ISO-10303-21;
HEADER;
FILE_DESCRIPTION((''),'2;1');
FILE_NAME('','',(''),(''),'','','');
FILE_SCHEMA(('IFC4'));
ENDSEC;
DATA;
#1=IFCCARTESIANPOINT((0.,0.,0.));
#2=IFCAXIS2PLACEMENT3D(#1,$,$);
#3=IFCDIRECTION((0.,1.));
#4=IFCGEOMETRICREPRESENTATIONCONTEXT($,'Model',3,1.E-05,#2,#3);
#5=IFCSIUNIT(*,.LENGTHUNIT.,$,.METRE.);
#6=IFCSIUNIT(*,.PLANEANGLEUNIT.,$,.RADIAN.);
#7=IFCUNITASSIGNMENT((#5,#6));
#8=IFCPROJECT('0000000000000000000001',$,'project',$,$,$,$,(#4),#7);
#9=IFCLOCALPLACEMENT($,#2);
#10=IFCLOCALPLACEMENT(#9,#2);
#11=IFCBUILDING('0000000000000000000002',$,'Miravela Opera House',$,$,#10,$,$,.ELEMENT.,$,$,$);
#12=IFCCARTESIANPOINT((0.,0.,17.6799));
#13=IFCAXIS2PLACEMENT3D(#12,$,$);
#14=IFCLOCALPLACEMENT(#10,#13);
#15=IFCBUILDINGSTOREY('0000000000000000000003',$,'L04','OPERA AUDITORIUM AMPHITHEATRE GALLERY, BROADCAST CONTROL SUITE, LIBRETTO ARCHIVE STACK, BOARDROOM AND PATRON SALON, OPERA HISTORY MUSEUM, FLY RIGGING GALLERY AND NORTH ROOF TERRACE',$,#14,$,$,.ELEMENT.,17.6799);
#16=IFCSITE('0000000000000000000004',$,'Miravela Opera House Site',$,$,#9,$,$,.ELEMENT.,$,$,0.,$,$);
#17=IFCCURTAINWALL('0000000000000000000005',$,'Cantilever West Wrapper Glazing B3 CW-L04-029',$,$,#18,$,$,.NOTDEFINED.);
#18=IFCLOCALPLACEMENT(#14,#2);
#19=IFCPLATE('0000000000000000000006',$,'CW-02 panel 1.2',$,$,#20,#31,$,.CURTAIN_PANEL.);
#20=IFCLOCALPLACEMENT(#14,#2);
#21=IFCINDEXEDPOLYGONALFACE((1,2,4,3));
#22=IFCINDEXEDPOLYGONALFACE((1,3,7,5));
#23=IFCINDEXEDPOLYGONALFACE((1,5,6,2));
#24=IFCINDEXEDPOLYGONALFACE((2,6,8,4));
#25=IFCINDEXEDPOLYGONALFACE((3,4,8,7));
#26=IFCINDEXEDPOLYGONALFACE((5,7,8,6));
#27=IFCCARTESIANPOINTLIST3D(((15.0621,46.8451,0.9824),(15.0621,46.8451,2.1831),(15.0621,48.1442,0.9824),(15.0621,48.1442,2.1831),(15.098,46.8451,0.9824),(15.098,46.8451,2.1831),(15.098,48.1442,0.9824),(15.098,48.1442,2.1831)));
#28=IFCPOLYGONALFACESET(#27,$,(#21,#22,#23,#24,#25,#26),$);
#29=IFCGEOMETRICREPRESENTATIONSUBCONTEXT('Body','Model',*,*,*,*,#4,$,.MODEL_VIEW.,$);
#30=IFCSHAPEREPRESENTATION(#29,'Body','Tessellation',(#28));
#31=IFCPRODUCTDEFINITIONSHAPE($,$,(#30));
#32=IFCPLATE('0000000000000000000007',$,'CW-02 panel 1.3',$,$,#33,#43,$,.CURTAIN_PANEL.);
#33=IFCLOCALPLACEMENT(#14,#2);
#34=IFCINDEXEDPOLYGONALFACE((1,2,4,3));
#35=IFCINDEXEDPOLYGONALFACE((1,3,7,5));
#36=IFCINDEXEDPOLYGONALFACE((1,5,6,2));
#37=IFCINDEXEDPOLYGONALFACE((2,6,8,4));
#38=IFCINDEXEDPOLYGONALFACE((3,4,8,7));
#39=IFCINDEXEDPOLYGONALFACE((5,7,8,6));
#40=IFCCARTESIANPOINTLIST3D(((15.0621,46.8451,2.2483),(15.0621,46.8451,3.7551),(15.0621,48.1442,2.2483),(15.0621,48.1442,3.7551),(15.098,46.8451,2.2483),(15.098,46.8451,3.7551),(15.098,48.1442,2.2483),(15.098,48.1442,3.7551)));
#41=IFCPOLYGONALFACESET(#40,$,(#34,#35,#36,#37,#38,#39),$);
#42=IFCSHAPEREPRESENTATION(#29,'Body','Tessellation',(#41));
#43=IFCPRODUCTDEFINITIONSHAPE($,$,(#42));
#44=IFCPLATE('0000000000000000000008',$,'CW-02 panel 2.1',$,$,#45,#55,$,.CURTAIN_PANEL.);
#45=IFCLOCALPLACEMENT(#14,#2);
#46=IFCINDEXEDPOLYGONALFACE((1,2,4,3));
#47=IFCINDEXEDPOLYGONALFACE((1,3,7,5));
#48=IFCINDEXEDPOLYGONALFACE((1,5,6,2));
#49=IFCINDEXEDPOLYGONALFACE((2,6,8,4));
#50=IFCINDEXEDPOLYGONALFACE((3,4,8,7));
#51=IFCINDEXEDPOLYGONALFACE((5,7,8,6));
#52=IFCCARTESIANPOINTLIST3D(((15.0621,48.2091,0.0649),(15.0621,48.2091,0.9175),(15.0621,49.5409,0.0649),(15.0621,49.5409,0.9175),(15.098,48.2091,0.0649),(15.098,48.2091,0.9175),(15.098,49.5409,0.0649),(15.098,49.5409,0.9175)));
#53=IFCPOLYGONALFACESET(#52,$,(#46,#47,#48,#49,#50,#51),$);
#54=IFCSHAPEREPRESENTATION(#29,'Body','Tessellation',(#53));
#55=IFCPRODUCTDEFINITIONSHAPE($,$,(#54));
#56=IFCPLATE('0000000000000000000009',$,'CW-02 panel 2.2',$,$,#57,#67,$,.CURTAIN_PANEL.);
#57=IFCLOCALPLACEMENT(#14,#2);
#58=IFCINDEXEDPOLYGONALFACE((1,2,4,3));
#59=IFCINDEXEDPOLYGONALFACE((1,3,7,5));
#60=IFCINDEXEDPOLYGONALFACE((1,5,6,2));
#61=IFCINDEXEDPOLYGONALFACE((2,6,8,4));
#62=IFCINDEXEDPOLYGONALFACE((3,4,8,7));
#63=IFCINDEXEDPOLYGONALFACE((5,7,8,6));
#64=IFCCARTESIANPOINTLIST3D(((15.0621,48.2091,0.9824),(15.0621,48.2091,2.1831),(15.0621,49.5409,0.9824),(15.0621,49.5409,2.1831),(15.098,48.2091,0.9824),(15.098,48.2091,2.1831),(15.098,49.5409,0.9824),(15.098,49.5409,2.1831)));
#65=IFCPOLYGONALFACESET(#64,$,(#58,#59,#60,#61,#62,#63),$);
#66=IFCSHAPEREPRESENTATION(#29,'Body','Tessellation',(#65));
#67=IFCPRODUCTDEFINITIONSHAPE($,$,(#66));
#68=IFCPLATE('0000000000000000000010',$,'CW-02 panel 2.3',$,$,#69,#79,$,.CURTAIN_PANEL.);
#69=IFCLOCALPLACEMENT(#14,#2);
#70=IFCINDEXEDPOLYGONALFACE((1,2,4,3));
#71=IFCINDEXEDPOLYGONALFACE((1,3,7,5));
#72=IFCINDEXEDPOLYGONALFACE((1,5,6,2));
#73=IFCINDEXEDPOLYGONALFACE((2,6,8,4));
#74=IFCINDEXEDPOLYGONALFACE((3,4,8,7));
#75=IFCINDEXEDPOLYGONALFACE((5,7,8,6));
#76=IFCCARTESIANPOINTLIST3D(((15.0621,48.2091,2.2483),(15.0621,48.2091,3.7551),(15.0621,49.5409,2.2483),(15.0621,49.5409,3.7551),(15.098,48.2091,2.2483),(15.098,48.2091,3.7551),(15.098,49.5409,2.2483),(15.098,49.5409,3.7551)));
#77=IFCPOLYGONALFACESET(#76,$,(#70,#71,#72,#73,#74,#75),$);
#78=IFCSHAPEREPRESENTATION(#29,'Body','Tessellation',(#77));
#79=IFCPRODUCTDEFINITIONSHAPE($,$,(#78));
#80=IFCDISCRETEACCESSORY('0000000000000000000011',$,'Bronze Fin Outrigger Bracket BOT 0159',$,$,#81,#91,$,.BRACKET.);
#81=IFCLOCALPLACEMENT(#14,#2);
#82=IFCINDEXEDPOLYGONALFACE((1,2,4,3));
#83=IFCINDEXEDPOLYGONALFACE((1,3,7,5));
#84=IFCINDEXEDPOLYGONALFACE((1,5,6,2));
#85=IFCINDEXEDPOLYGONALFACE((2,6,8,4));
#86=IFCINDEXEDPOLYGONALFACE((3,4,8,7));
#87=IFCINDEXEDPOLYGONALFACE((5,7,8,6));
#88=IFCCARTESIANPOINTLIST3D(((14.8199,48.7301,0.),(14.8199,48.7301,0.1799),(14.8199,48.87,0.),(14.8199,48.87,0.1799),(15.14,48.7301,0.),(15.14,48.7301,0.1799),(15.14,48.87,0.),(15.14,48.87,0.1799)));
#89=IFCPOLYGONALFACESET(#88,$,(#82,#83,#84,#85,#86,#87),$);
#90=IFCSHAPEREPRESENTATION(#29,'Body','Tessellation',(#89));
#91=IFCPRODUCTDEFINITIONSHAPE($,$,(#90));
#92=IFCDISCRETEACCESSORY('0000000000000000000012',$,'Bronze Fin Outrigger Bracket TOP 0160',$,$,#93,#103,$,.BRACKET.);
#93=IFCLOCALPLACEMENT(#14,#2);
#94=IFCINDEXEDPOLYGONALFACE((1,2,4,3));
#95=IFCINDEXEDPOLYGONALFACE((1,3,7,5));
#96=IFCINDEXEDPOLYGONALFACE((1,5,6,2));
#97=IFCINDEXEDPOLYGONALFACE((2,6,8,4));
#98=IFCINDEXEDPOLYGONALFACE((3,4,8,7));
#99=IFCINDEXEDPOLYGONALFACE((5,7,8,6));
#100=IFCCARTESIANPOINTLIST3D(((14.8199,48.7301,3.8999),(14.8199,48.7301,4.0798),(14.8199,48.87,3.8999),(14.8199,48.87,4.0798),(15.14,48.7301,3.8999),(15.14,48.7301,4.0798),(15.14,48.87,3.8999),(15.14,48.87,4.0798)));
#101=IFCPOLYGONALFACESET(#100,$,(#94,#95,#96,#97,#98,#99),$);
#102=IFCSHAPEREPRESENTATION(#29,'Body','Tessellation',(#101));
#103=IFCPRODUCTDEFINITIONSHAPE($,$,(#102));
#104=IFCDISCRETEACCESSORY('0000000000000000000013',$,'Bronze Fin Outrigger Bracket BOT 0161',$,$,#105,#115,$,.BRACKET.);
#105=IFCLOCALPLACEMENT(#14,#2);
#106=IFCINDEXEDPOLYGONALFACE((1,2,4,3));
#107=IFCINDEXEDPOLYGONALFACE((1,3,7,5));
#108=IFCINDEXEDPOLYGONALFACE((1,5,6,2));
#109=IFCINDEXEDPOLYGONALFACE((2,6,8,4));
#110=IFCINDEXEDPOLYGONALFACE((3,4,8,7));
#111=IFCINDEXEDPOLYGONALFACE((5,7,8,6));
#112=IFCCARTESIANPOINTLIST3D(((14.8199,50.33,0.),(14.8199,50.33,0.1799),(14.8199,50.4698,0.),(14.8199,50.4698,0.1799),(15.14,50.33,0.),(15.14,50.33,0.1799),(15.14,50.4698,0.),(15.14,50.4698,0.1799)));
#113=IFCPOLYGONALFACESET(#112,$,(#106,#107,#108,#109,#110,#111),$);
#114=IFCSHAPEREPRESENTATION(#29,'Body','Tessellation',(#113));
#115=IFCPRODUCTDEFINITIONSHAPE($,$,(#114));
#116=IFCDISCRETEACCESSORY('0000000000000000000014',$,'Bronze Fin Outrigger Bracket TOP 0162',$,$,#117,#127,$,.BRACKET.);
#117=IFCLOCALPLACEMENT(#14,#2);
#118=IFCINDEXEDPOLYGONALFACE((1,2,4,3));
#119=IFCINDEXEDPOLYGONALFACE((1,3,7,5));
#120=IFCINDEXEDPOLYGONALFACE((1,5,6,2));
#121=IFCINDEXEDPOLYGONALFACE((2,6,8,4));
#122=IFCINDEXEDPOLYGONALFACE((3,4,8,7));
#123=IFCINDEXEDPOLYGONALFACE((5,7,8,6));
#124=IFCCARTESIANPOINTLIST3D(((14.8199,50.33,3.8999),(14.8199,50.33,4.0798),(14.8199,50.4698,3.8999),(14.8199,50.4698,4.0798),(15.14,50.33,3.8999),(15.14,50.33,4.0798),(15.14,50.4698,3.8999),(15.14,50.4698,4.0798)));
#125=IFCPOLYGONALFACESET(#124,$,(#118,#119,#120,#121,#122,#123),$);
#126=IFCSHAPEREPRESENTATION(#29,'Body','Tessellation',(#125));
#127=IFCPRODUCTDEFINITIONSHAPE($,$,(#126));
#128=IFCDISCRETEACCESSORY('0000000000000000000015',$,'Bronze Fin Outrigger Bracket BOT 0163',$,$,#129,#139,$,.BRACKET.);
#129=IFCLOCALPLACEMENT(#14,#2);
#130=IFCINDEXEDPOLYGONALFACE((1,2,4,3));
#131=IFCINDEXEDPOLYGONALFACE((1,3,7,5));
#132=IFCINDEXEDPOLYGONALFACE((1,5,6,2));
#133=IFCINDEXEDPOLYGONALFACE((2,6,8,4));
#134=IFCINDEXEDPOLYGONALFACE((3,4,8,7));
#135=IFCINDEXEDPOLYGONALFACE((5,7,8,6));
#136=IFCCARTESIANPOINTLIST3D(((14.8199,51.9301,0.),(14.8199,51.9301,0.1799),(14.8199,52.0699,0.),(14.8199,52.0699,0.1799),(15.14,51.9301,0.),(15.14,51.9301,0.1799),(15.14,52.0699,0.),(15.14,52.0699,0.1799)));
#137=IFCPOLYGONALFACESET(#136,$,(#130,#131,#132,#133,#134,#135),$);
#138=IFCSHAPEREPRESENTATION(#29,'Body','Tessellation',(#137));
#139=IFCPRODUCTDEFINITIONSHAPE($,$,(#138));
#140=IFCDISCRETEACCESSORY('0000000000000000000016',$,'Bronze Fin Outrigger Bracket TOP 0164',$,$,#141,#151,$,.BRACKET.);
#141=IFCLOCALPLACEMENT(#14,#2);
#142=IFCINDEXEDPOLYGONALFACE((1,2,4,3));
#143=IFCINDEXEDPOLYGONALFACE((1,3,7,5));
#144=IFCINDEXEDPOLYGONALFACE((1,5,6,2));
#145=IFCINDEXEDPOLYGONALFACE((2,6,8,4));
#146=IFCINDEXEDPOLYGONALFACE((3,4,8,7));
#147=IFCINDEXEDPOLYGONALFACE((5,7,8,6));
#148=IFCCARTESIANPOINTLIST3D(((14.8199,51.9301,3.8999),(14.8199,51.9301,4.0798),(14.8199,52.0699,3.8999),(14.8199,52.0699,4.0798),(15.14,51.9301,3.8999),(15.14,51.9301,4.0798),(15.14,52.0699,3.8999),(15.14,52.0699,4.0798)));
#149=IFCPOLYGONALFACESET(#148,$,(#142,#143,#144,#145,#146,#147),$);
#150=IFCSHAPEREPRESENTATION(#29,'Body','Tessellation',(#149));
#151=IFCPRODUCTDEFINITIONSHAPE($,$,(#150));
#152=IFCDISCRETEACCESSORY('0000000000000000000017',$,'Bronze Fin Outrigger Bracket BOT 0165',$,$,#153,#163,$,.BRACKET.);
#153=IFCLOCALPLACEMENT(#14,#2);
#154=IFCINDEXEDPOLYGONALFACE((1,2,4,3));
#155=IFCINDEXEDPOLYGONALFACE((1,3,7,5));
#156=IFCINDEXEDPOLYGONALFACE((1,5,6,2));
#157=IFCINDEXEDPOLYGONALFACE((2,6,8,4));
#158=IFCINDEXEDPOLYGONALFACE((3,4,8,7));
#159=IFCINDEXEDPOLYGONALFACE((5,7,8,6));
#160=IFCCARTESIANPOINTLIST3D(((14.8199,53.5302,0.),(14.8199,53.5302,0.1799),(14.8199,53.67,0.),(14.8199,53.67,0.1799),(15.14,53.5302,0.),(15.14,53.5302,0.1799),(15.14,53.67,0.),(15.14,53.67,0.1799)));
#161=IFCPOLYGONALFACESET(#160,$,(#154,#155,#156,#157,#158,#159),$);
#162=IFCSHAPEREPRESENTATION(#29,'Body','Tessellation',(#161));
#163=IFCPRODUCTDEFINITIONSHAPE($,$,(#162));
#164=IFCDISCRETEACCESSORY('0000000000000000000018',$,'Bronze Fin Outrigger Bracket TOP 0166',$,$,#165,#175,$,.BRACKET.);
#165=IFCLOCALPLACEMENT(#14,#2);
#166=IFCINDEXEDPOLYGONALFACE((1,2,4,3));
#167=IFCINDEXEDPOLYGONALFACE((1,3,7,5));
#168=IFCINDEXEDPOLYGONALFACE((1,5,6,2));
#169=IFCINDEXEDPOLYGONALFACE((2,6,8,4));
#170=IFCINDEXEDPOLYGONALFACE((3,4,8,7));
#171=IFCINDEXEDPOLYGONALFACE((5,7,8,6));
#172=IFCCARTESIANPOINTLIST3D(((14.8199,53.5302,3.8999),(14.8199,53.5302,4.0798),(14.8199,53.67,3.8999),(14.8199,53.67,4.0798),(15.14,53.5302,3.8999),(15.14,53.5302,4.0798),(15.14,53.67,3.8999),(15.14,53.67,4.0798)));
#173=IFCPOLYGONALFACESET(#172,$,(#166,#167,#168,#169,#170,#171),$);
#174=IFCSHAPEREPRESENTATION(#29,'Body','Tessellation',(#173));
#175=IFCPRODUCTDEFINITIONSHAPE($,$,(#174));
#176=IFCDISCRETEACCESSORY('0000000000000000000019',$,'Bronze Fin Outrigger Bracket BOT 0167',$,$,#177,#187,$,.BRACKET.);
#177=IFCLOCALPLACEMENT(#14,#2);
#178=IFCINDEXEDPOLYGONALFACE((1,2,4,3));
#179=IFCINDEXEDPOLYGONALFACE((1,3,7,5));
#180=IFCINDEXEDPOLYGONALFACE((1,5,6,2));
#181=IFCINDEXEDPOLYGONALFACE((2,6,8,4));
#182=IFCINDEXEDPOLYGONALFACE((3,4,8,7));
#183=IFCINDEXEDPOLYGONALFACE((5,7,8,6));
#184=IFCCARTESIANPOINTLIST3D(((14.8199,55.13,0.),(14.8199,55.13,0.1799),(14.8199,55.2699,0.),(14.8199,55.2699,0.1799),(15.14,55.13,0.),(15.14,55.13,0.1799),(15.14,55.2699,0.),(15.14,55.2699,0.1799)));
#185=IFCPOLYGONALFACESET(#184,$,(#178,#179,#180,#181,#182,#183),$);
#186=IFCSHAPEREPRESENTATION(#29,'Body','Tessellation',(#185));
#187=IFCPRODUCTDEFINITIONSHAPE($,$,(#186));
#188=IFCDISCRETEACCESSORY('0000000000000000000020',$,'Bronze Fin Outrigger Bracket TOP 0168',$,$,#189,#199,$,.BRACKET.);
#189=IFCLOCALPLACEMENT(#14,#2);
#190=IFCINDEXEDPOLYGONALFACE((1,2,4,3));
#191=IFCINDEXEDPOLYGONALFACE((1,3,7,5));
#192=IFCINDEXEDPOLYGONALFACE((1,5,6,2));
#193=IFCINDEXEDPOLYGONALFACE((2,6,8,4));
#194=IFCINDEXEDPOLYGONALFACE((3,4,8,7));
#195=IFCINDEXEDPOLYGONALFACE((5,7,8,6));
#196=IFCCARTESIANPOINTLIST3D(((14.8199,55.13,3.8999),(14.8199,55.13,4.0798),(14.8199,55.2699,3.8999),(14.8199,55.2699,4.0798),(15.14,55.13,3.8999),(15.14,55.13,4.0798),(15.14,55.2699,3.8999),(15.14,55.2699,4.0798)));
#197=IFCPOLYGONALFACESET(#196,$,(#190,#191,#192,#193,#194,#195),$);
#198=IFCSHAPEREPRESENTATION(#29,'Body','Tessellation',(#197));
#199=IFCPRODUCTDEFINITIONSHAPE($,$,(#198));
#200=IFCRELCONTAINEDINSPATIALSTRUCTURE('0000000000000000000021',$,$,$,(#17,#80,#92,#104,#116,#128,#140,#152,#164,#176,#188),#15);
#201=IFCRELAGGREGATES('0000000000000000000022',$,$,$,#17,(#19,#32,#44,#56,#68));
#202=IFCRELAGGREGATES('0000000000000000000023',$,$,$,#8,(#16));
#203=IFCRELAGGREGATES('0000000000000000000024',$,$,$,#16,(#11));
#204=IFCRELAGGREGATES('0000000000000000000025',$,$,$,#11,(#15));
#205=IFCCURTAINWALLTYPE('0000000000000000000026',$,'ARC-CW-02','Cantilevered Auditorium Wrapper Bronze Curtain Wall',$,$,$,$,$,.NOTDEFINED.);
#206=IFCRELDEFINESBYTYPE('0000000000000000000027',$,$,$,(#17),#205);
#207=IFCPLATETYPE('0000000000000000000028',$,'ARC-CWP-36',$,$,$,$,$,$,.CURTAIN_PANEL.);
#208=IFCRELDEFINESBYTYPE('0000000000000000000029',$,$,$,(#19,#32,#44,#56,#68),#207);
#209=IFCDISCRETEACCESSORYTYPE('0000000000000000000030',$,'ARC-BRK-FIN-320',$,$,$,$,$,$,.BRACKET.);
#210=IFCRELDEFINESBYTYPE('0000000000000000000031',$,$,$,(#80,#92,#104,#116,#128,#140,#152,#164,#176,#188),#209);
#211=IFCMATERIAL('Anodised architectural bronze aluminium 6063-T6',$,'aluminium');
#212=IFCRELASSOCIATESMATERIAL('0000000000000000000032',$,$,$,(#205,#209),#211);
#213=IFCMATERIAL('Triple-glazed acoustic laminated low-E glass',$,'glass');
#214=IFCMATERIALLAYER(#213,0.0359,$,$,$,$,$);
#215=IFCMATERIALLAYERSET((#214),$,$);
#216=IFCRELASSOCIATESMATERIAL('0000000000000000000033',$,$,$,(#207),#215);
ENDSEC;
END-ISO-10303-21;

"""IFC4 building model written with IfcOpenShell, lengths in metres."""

from ifc_helpers import new_model, si_unit, direction, frame, origin, origin_2d, place, context, subcontext, project, spatial, rectangle, extrude, material, layer, layer_set, type_object, element, aggregate, save


model = new_model("IFC4")

# Units and contexts
model_context = context("Model", 3, precision=1e-05, world=origin(), true_north=direction((0.0, 1.0)))
body_context = subcontext(model_context, "Body", "Model", "MODEL_VIEW")
ifc_project = project(units=[si_unit("LENGTHUNIT", "METRE"), si_unit("PLANEANGLEUNIT", "RADIAN")], contexts=[model_context])

# Site, building, storey
site_placement = place(None, origin())
site = spatial("IfcSite", under=ifc_project, at=site_placement, Name="Miravela Opera House Site", CompositionType="ELEMENT", RefElevation=0.0)
building_placement = place(site_placement, origin())
building = spatial("IfcBuilding", under=site, at=building_placement, Name="Miravela Opera House", CompositionType="ELEMENT")
storey_placement = place(building_placement, frame((0.0, 0.0, 17.6799)))
storey = spatial("IfcBuildingStorey", under=building, at=storey_placement, Name="L04", Description="OPERA AUDITORIUM AMPHITHEATRE GALLERY, BROADCAST CONTROL SUITE, LIBRETTO ARCHIVE STACK, BOARDROOM AND PATRON SALON, OPERA HISTORY MUSEUM, FLY RIGGING GALLERY AND NORTH ROOF TERRACE", CompositionType="ELEMENT", Elevation=17.6799)

# Curtain wall
ifc_material_1 = material(Name="Anodised architectural bronze aluminium 6063-T6", Category="aluminium")
curtain_wall_type = type_object("IfcCurtainWallType", Name="ARC-CW-02", Description="Cantilevered Auditorium Wrapper Bronze Curtain Wall", PredefinedType="NOTDEFINED", material=ifc_material_1)
curtain_wall_placement = place(storey_placement, origin())
curtain_wall = element("IfcCurtainWall", 1, at=curtain_wall_placement, inside=storey, type_object=curtain_wall_type, Name="Cantilever West Wrapper Glazing B3 CW-L04-029", PredefinedType="NOTDEFINED")

# Plates
ifc_material_2 = material(Name="Triple-glazed acoustic laminated low-E glass", Category="glass")
ifc_layer = layer(ifc_material_2, 0.0359)
ifc_layer_set = layer_set([ifc_layer])
plate_type = type_object("IfcPlateType", Name="ARC-CWP-36", PredefinedType="CURTAIN_PANEL", material=ifc_layer_set)
plate_1_placement = place(storey_placement, frame((15.0801, 47.4946, 0.9824), z_axis=(0.0, 0.0, 1.0), x_axis=(0.0, 1.0, 0.0)))
plate_1 = element("IfcPlate", 2, at=plate_1_placement, type_object=plate_type, Name="CW-02 panel 1.2", PredefinedType="CURTAIN_PANEL", context=body_context, shape_type="SweptSolid", body=[
    extrude(rectangle(XDim=1.2991, YDim=0.0359, at=origin_2d()), origin(), (0.0, 0.0, 1.0), 1.2007),
])
plate_2_placement = place(storey_placement, frame((15.0801, 47.4946, 2.2483), z_axis=(0.0, 0.0, 1.0), x_axis=(0.0, 1.0, 0.0)))
plate_2 = element("IfcPlate", 3, at=plate_2_placement, type_object=plate_type, Name="CW-02 panel 1.3", PredefinedType="CURTAIN_PANEL", context=body_context, shape_type="SweptSolid", body=[
    extrude(rectangle(XDim=1.2991, YDim=0.0359, at=origin_2d()), origin(), (0.0, 0.0, 1.0), 1.5068),
])
plate_3_placement = place(storey_placement, frame((15.0801, 48.875, 0.0649), z_axis=(0.0, 0.0, 1.0), x_axis=(0.0, 1.0, 0.0)))
plate_3 = element("IfcPlate", 4, at=plate_3_placement, type_object=plate_type, Name="CW-02 panel 2.1", PredefinedType="CURTAIN_PANEL", context=body_context, shape_type="SweptSolid", body=[
    extrude(rectangle(XDim=1.3318, YDim=0.0359, at=origin_2d()), origin(), (0.0, 0.0, 1.0), 0.8525),
])
plate_4_placement = place(storey_placement, frame((15.0801, 48.875, 0.9824), z_axis=(0.0, 0.0, 1.0), x_axis=(0.0, 1.0, 0.0)))
plate_4 = element("IfcPlate", 5, at=plate_4_placement, type_object=plate_type, Name="CW-02 panel 2.2", PredefinedType="CURTAIN_PANEL", context=body_context, shape_type="SweptSolid", body=[
    extrude(rectangle(XDim=1.3318, YDim=0.0359, at=origin_2d()), origin(), (0.0, 0.0, 1.0), 1.2007),
])
plate_5_placement = place(storey_placement, frame((15.0801, 48.875, 2.2483), z_axis=(0.0, 0.0, 1.0), x_axis=(0.0, 1.0, 0.0)))
plate_5 = element("IfcPlate", 6, at=plate_5_placement, type_object=plate_type, Name="CW-02 panel 2.3", PredefinedType="CURTAIN_PANEL", context=body_context, shape_type="SweptSolid", body=[
    extrude(rectangle(XDim=1.3318, YDim=0.0359, at=origin_2d()), origin(), (0.0, 0.0, 1.0), 1.5068),
])
aggregate(curtain_wall, [plate_1, plate_2, plate_3, plate_4, plate_5])

# Discrete accessories
discrete_accessory_type = type_object("IfcDiscreteAccessoryType", Name="ARC-BRK-FIN-320", PredefinedType="BRACKET", material=ifc_material_1)
for number, where, z_axis, x_axis, name in (
    (7, (14.98, 48.8, 0.0), (0.0, 0.0, 1.0), (1.0, 0.0, 0.0), "Bronze Fin Outrigger Bracket BOT 0159"),
    (8, (14.98, 48.8, 3.8999), (0.0, 0.0, 1.0), (1.0, 0.0, 0.0), "Bronze Fin Outrigger Bracket TOP 0160"),
    (9, (14.98, 50.3999, 0.0), (0.0, 0.0, 1.0), (1.0, 0.0, 0.0), "Bronze Fin Outrigger Bracket BOT 0161"),
    (10, (14.98, 50.3999, 3.8999), (0.0, 0.0, 1.0), (1.0, 0.0, 0.0), "Bronze Fin Outrigger Bracket TOP 0162"),
    (11, (14.98, 52.0, 0.0), (0.0, 0.0, 1.0), (1.0, 0.0, 0.0), "Bronze Fin Outrigger Bracket BOT 0163"),
    (12, (14.98, 52.0, 3.8999), (0.0, 0.0, 1.0), (1.0, 0.0, 0.0), "Bronze Fin Outrigger Bracket TOP 0164"),
    (13, (14.98, 53.6001, 0.0), (0.0, 0.0, 1.0), (1.0, 0.0, 0.0), "Bronze Fin Outrigger Bracket BOT 0165"),
    (14, (14.98, 53.6001, 3.8999), (0.0, 0.0, 1.0), (1.0, 0.0, 0.0), "Bronze Fin Outrigger Bracket TOP 0166"),
    (15, (14.98, 55.2, 0.0), (0.0, 0.0, 1.0), (1.0, 0.0, 0.0), "Bronze Fin Outrigger Bracket BOT 0167"),
    (16, (14.98, 55.2, 3.8999), (0.0, 0.0, 1.0), (1.0, 0.0, 0.0), "Bronze Fin Outrigger Bracket TOP 0168"),
):
    element("IfcDiscreteAccessory", number, at=place(storey_placement, frame(where, z_axis=z_axis, x_axis=x_axis)), inside=storey, type_object=discrete_accessory_type, Name=name, PredefinedType="BRACKET", context=body_context, shape_type="SweptSolid", body=[
        extrude(rectangle(XDim=0.3201, YDim=0.1399, at=origin_2d()), origin(), (0.0, 0.0, 1.0), 0.1799),
    ])

save(model, "model.ifc")
